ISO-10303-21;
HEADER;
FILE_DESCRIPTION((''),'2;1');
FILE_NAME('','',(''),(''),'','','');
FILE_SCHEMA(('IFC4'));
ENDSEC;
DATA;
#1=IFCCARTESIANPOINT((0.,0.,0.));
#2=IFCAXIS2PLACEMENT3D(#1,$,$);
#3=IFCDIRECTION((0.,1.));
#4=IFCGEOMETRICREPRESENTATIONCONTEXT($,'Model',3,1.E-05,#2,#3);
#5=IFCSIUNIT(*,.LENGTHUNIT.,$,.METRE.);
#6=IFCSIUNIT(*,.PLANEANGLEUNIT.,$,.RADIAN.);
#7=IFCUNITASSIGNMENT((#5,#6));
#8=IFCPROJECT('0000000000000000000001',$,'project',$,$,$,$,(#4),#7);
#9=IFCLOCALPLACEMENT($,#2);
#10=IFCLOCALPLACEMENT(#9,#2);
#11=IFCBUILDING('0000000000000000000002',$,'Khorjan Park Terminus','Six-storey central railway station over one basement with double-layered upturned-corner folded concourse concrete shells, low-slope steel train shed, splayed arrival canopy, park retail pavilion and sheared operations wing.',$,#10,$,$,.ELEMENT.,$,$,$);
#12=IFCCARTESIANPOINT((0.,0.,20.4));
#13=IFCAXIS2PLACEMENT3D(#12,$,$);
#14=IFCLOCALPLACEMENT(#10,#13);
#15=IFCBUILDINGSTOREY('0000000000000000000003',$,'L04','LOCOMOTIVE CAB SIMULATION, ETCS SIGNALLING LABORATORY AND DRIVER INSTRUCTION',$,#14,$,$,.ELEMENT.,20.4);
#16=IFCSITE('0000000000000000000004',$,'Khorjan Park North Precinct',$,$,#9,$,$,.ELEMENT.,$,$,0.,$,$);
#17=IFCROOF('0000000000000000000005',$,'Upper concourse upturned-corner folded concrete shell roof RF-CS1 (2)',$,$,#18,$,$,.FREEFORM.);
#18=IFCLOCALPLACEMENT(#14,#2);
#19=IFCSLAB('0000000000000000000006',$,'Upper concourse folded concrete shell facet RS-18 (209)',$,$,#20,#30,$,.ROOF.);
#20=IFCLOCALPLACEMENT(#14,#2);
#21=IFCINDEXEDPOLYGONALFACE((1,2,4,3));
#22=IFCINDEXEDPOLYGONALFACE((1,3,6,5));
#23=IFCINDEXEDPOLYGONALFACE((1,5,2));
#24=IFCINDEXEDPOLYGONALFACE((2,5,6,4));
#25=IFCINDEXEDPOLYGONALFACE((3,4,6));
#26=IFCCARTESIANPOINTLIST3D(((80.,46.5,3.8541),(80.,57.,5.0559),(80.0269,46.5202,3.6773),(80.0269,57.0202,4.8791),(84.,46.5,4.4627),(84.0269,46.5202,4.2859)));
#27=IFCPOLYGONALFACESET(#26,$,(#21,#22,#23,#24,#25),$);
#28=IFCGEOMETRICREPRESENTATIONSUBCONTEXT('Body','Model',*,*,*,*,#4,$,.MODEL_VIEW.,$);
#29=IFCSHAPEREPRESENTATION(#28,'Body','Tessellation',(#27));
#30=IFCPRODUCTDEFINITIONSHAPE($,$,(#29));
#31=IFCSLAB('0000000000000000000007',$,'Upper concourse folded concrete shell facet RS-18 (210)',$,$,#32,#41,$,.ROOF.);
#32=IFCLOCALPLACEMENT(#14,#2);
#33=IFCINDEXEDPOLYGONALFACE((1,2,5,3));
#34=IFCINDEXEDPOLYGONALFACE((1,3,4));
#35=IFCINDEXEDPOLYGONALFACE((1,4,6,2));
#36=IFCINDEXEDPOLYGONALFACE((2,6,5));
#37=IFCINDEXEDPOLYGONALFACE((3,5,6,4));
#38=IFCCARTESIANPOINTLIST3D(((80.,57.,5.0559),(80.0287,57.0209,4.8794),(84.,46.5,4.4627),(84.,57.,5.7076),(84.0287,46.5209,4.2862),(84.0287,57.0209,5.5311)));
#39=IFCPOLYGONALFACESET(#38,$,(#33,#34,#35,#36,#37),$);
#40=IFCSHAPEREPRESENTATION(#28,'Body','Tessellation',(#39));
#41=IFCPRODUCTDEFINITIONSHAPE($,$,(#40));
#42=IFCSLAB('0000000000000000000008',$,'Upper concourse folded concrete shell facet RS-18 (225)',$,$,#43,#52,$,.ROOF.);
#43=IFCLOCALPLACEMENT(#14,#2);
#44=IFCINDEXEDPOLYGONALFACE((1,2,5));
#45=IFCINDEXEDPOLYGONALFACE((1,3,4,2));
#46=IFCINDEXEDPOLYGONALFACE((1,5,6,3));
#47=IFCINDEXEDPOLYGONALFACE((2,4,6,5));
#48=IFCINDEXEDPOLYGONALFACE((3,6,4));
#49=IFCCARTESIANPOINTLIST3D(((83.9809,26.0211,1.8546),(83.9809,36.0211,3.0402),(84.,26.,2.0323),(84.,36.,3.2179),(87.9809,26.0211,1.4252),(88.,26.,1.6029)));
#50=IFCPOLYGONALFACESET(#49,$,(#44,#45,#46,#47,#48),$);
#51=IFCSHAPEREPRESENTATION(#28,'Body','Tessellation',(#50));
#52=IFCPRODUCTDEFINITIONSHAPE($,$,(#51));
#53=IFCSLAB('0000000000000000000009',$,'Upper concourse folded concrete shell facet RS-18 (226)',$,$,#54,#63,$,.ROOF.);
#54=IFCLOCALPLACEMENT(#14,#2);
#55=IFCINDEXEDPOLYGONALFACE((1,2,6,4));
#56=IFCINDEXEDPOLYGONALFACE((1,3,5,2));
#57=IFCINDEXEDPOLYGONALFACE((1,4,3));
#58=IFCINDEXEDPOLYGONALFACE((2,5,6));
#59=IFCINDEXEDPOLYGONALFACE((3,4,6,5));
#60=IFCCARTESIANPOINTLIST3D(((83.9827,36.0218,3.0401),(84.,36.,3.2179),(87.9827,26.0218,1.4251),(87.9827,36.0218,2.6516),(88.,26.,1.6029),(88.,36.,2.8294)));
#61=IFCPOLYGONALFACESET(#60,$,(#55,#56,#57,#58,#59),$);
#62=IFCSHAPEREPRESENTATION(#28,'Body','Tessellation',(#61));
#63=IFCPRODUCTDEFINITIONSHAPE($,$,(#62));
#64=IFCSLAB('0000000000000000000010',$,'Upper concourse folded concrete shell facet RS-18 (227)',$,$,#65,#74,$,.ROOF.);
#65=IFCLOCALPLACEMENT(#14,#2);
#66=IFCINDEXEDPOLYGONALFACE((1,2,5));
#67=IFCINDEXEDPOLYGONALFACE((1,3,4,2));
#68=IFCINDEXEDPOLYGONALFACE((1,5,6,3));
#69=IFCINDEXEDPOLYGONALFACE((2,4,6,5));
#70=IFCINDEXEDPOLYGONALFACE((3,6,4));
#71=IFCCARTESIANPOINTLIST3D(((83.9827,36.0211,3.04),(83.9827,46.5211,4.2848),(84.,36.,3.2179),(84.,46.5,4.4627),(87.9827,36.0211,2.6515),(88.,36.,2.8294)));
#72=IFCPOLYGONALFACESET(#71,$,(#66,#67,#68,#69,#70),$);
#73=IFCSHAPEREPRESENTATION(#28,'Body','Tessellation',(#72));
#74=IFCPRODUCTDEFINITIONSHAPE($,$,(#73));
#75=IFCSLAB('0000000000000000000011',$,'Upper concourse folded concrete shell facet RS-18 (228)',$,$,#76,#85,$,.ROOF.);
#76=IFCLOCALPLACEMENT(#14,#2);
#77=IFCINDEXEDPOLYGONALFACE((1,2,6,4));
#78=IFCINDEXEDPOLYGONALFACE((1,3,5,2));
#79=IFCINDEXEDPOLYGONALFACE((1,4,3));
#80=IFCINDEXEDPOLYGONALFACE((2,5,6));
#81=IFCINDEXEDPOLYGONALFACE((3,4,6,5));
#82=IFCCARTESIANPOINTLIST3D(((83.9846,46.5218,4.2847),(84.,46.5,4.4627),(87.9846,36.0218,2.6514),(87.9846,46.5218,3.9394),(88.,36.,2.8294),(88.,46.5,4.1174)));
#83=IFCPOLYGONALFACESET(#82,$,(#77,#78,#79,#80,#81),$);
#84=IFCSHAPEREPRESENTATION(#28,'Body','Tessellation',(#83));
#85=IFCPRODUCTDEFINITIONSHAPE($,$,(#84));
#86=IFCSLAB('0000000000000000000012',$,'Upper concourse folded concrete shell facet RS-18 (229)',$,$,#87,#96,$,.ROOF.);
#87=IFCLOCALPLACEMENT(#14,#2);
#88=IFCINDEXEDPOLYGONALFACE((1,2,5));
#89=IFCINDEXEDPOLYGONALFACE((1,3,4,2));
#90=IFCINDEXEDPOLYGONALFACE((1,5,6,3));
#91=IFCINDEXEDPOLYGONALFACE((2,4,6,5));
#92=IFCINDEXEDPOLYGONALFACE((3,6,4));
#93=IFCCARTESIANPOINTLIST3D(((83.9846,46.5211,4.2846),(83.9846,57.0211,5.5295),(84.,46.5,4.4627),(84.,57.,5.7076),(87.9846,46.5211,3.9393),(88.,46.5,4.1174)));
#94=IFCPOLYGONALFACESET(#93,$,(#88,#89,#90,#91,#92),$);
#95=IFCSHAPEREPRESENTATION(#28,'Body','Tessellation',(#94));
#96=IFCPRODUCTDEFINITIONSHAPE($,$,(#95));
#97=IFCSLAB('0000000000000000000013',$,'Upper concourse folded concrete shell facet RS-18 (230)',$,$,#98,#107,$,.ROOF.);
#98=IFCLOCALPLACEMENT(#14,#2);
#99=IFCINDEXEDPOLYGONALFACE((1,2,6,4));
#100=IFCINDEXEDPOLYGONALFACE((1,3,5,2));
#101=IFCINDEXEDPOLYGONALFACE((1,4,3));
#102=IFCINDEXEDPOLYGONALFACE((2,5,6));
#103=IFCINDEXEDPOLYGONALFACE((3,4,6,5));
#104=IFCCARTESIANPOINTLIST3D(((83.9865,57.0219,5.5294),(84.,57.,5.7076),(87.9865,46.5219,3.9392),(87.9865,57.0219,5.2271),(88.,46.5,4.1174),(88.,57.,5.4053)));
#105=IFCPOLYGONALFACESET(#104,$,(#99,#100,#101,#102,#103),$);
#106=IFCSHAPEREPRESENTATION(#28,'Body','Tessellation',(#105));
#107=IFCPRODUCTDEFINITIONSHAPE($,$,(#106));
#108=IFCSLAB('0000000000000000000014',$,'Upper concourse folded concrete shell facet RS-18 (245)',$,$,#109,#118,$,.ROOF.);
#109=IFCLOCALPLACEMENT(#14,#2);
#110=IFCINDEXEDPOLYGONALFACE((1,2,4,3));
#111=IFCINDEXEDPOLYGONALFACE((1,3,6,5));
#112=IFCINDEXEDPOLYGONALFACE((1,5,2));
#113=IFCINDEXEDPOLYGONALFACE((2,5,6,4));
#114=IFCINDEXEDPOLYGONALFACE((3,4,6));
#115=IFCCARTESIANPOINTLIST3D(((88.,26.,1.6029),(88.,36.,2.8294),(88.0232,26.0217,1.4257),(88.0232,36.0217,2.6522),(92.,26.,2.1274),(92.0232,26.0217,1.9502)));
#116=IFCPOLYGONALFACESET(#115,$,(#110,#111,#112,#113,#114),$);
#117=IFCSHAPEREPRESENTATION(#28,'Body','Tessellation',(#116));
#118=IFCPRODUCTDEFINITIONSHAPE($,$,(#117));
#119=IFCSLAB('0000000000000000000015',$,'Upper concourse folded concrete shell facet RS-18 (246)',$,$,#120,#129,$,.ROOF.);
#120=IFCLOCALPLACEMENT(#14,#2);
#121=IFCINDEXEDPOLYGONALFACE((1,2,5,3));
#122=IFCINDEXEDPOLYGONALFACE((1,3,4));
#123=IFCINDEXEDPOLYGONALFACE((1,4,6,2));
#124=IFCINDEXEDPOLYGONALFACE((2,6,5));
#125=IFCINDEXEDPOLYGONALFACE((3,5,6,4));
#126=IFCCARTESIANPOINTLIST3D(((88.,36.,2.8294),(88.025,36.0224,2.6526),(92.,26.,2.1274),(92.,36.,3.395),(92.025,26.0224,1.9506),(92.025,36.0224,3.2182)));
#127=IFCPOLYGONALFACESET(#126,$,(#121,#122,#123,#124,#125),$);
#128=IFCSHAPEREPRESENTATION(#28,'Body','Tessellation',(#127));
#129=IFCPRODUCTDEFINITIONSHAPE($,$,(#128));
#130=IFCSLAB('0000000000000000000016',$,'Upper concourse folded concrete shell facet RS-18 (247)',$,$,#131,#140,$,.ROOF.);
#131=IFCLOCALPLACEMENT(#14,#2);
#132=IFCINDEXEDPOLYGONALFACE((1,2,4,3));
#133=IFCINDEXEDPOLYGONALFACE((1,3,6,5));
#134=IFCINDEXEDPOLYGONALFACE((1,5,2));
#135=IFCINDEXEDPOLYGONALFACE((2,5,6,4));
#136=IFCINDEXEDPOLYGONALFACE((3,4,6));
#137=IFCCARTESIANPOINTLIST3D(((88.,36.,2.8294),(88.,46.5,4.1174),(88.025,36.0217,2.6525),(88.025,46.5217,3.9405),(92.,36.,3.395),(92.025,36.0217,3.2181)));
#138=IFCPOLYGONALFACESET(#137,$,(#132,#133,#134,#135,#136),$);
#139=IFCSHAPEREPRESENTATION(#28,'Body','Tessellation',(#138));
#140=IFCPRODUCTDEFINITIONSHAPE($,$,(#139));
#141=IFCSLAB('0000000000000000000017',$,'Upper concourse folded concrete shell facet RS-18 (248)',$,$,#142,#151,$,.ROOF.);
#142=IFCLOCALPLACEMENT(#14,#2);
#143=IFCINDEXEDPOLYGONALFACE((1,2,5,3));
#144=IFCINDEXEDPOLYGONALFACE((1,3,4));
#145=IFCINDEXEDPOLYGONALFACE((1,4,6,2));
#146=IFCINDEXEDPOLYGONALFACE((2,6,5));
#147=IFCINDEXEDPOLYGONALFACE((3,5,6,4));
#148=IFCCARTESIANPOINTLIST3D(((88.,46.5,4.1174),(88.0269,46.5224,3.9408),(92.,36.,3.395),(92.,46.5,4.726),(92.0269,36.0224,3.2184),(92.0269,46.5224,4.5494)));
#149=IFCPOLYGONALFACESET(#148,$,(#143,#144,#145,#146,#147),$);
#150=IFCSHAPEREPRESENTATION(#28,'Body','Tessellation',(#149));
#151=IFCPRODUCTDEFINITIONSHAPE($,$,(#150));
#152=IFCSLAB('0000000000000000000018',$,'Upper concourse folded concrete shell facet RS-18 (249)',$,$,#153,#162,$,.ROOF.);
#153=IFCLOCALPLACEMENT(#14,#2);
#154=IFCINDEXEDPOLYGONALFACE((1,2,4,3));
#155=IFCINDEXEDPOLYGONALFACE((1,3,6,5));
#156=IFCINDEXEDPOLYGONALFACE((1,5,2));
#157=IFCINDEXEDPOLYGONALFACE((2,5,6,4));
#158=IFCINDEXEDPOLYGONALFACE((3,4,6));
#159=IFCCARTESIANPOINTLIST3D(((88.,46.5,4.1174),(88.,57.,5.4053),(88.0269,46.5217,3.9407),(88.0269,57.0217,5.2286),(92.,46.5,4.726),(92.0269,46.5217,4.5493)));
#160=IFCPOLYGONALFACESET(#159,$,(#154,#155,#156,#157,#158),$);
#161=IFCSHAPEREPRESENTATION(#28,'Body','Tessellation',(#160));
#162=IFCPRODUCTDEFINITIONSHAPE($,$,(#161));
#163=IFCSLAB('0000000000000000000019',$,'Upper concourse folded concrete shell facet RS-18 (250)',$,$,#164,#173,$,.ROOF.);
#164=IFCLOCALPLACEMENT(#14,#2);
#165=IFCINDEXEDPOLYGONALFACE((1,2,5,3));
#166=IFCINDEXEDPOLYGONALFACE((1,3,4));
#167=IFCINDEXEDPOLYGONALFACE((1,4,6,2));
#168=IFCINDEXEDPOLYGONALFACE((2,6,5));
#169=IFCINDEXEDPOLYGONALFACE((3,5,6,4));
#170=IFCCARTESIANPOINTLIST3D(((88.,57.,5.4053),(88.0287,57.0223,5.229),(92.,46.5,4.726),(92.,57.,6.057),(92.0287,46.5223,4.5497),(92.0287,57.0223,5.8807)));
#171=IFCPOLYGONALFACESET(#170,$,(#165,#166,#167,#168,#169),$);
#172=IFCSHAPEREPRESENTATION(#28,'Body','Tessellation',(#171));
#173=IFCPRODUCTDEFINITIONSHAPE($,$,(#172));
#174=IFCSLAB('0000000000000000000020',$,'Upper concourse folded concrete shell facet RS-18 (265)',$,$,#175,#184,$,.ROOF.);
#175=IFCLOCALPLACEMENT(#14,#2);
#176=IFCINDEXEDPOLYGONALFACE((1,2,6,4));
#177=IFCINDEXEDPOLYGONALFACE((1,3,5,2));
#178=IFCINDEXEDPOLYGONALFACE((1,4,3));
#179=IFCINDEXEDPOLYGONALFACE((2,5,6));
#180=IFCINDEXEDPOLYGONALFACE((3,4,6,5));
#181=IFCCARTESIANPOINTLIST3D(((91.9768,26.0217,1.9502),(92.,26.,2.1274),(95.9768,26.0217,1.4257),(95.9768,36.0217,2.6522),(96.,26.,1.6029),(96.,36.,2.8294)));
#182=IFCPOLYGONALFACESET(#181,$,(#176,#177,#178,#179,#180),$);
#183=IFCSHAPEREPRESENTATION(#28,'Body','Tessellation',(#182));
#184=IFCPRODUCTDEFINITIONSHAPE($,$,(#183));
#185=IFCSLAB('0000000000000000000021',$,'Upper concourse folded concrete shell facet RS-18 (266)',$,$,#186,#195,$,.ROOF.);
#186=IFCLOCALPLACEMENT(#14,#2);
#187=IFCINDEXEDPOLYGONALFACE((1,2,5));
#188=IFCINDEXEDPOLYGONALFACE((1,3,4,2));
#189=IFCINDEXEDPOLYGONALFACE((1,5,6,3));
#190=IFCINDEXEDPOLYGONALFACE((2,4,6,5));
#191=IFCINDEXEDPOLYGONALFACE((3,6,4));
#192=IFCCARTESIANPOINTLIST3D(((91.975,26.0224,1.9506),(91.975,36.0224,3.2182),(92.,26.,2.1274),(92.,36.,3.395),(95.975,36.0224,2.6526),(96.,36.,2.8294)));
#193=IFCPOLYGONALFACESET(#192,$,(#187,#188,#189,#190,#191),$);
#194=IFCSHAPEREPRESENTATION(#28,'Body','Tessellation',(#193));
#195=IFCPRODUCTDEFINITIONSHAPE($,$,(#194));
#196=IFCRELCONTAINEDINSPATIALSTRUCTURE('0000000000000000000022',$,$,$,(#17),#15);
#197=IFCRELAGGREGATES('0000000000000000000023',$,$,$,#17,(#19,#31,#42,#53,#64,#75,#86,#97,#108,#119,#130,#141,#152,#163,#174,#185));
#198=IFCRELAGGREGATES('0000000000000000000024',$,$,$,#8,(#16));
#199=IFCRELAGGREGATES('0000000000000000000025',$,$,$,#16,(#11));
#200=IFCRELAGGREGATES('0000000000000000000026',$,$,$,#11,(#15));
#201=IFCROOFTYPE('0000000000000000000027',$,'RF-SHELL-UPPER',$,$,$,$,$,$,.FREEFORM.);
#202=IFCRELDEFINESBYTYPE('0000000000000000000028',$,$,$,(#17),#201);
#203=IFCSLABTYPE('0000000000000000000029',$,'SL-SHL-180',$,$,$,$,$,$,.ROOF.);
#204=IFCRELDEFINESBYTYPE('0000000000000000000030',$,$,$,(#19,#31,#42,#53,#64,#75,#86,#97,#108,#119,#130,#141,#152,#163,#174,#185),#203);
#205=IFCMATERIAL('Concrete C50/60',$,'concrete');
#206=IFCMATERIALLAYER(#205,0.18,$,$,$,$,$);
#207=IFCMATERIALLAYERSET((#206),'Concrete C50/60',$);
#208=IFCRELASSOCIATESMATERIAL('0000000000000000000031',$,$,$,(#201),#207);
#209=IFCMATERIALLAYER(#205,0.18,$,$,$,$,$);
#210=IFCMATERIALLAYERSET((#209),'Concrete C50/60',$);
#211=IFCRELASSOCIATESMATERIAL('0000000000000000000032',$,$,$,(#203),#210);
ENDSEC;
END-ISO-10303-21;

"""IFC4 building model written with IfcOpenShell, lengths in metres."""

from ifc_helpers import new_model, si_unit, direction, frame, origin, place, context, subcontext, project, spatial, polyline, outline, extrude, material, layer, layer_set, type_object, element, aggregate, save


model = new_model("IFC4")

# Units and contexts
model_context = context("Model", 3, precision=1e-05, world=origin(), true_north=direction((0.0, 1.0)))
body_context = subcontext(model_context, "Body", "Model", "MODEL_VIEW")
ifc_project = project(units=[si_unit("LENGTHUNIT", "METRE"), si_unit("PLANEANGLEUNIT", "RADIAN")], contexts=[model_context])

# Site, building, storey
site_placement = place(None, origin())
site = spatial("IfcSite", under=ifc_project, at=site_placement, Name="Khorjan Park North Precinct", CompositionType="ELEMENT", RefElevation=0.0)
building_placement = place(site_placement, origin())
building = spatial("IfcBuilding", under=site, at=building_placement, Name="Khorjan Park Terminus", Description="Six-storey central railway station over one basement with double-layered upturned-corner folded concourse concrete shells, low-slope steel train shed, splayed arrival canopy, park retail pavilion and sheared operations wing.", CompositionType="ELEMENT")
storey_placement = place(building_placement, frame((0.0, 0.0, 20.4)))
storey = spatial("IfcBuildingStorey", under=building, at=storey_placement, Name="L04", Description="LOCOMOTIVE CAB SIMULATION, ETCS SIGNALLING LABORATORY AND DRIVER INSTRUCTION", CompositionType="ELEMENT", Elevation=20.4)

# Roof, slabs
ifc_material = material(Name="Concrete C50/60", Category="concrete")
ifc_layer_1 = layer(ifc_material, 0.18)
ifc_layer_set_1 = layer_set([ifc_layer_1], Name="Concrete C50/60")
roof_type = type_object("IfcRoofType", Name="RF-SHELL-UPPER", PredefinedType="FREEFORM", material=ifc_layer_set_1)
roof_1_placement = place(storey_placement, origin())
roof_1 = element("IfcRoof", 1, at=roof_1_placement, inside=storey, type_object=roof_type, Name="Upper concourse upturned-corner folded concrete shell roof RF-CS1 (2)", PredefinedType="FREEFORM")
ifc_layer_2 = layer(ifc_material, 0.18)
ifc_layer_set_2 = layer_set([ifc_layer_2], Name="Concrete C50/60")
slab_type = type_object("IfcSlabType", Name="SL-SHL-180", PredefinedType="ROOF", material=ifc_layer_set_2)
slab_1_placement = place(storey_placement, frame((80.0, 46.5, 3.8541), z_axis=(-0.149465, -0.112437, 0.982353), x_axis=(0.988622, 0.0, 0.150419)))
slab_1 = element("IfcSlab", 2, at=slab_1_placement, type_object=slab_type, Name="Upper concourse folded concrete shell facet RS-18 (209)", PredefinedType="ROOF", context=body_context, shape_type="SweptSolid", body=[
    extrude(outline(polyline([(0.0, 0.0), (4.046, 0.0), (0.1808, 10.567), (0.0, 0.0)])), origin(), (0.0, 0.0, -1.0), 0.18),
])
slab_2_placement = place(storey_placement, frame((84.0, 46.5, 4.4627), z_axis=(-0.159715, -0.116226, 0.980297), x_axis=(0.0, 0.993045, 0.117737)))
slab_2 = element("IfcSlab", 3, at=slab_2_placement, type_object=slab_type, Name="Upper concourse folded concrete shell facet RS-18 (210)", PredefinedType="ROOF", context=body_context, shape_type="SweptSolid", body=[
    extrude(outline(polyline([(0.0, 0.0), (10.5735, 0.0), (10.4968, 4.052), (0.0, 0.0)])), origin(), (0.0, 0.0, -1.0), 0.18),
])
slab_3_placement = place(storey_placement, frame((84.0, 26.0, 2.0323), z_axis=(0.106003, -0.117072, 0.98745), x_axis=(0.994287, 0.0, -0.106737)))
slab_3 = element("IfcSlab", 4, at=slab_3_placement, type_object=slab_type, Name="Upper concourse folded concrete shell facet RS-18 (225)", PredefinedType="ROOF", context=body_context, shape_type="SweptSolid", body=[
    extrude(outline(polyline([(0.0, 0.0), (4.023, 0.0), (-0.1265, 10.0692), (0.0, 0.0)])), origin(), (0.0, 0.0, -1.0), 0.18),
])
slab_4_placement = place(storey_placement, frame((88.0, 26.0, 1.6029), z_axis=(0.095958, -0.121176, 0.987982), x_axis=(0.0, 0.992562, 0.121738)))
slab_4 = element("IfcSlab", 5, at=slab_4_placement, type_object=slab_type, Name="Upper concourse folded concrete shell facet RS-18 (226)", PredefinedType="ROOF", context=body_context, shape_type="SweptSolid", body=[
    extrude(outline(polyline([(0.0, 0.0), (10.0749, 0.0), (10.1222, 4.0185), (0.0, 0.0)])), origin(), (0.0, 0.0, -1.0), 0.18),
])
slab_5_placement = place(storey_placement, frame((84.0, 36.0, 3.2179), z_axis=(0.096004, -0.117184, 0.988459), x_axis=(0.995316, 0.0, -0.09667)))
slab_5 = element("IfcSlab", 6, at=slab_5_placement, type_object=slab_type, Name="Upper concourse folded concrete shell facet RS-18 (227)", PredefinedType="ROOF", context=body_context, shape_type="SweptSolid", body=[
    extrude(outline(polyline([(0.0, 0.0), (4.0188, 0.0), (-0.1203, 10.5728), (0.0, 0.0)])), origin(), (0.0, 0.0, -1.0), 0.18),
])
slab_6_placement = place(storey_placement, frame((88.0, 36.0, 2.8294), z_axis=(0.08537, -0.12131, 0.988937), x_axis=(0.0, 0.99256, 0.121754)))
slab_6 = element("IfcSlab", 7, at=slab_6_placement, type_object=slab_type, Name="Upper concourse folded concrete shell facet RS-18 (228)", PredefinedType="ROOF", context=body_context, shape_type="SweptSolid", body=[
    extrude(outline(polyline([(0.0, 0.0), (10.5787, 0.0), (10.6207, 4.0147), (0.0, 0.0)])), origin(), (0.0, 0.0, -1.0), 0.18),
])
slab_7_placement = place(storey_placement, frame((84.0, 46.5, 4.4627), z_axis=(0.085411, -0.117307, 0.989416), x_axis=(0.996295, 0.0, -0.086005)))
slab_7 = element("IfcSlab", 8, at=slab_7_placement, type_object=slab_type, Name="Upper concourse folded concrete shell facet RS-18 (229)", PredefinedType="ROOF", context=body_context, shape_type="SweptSolid", body=[
    extrude(outline(polyline([(0.0, 0.0), (4.0149, 0.0), (-0.1071, 10.573), (0.0, 0.0)])), origin(), (0.0, 0.0, -1.0), 0.18),
])
slab_8_placement = place(storey_placement, frame((88.0, 46.5, 4.1174), z_axis=(0.074803, -0.121404, 0.989781), x_axis=(0.0, 0.992561, 0.121745)))
slab_8 = element("IfcSlab", 9, at=slab_8_placement, type_object=slab_type, Name="Upper concourse folded concrete shell facet RS-18 (230)", PredefinedType="ROOF", context=body_context, shape_type="SweptSolid", body=[
    extrude(outline(polyline([(0.0, 0.0), (10.5787, 0.0), (10.6155, 4.0112), (0.0, 0.0)])), origin(), (0.0, 0.0, -1.0), 0.18),
])
slab_9_placement = place(storey_placement, frame((88.0, 26.0, 1.6029), z_axis=(-0.129061, -0.12072, 0.984261), x_axis=(0.991512, 0.0, 0.130012)))
slab_9 = element("IfcSlab", 10, at=slab_9_placement, type_object=slab_type, Name="Upper concourse folded concrete shell facet RS-18 (245)", PredefinedType="ROOF", context=body_context, shape_type="SweptSolid", body=[
    extrude(outline(polyline([(0.0, 0.0), (4.0342, 0.0), (0.1595, 10.0737), (0.0, 0.0)])), origin(), (0.0, 0.0, -1.0), 0.18),
])
slab_10_placement = place(storey_placement, frame((92.0, 26.0, 2.1274), z_axis=(-0.138917, -0.124534, 0.982442), x_axis=(0.0, 0.992061, 0.125754)))
slab_10 = element("IfcSlab", 11, at=slab_10_placement, type_object=slab_type, Name="Upper concourse folded concrete shell facet RS-18 (246)", PredefinedType="ROOF", context=body_context, shape_type="SweptSolid", body=[
    extrude(outline(polyline([(0.0, 0.0), (10.08, 0.0), (10.0089, 4.0392), (0.0, 0.0)])), origin(), (0.0, 0.0, -1.0), 0.18),
])
slab_11_placement = place(storey_placement, frame((88.0, 36.0, 2.8294), z_axis=(-0.138986, -0.120572, 0.982927), x_axis=(0.99015, 0.0, 0.140007)))
slab_11 = element("IfcSlab", 12, at=slab_11_placement, type_object=slab_type, Name="Upper concourse folded concrete shell facet RS-18 (247)", PredefinedType="ROOF", context=body_context, shape_type="SweptSolid", body=[
    extrude(outline(polyline([(0.0, 0.0), (4.0398, 0.0), (0.1803, 10.5772), (0.0, 0.0)])), origin(), (0.0, 0.0, -1.0), 0.18),
])
slab_12_placement = place(storey_placement, frame((92.0, 36.0, 3.395), z_axis=(-0.149251, -0.124347, 0.980949), x_axis=(0.0, 0.992061, 0.125756)))
slab_12 = element("IfcSlab", 13, at=slab_12_placement, type_object=slab_type, Name="Upper concourse folded concrete shell facet RS-18 (248)", PredefinedType="ROOF", context=body_context, shape_type="SweptSolid", body=[
    extrude(outline(polyline([(0.0, 0.0), (10.584, 0.0), (10.5075, 4.0453), (0.0, 0.0)])), origin(), (0.0, 0.0, -1.0), 0.18),
])
slab_13_placement = place(storey_placement, frame((88.0, 46.5, 4.1174), z_axis=(-0.149325, -0.12038, 0.981433), x_axis=(0.988622, 0.0, 0.150419)))
slab_13 = element("IfcSlab", 14, at=slab_13_placement, type_object=slab_type, Name="Upper concourse folded concrete shell facet RS-18 (249)", PredefinedType="ROOF", context=body_context, shape_type="SweptSolid", body=[
    extrude(outline(polyline([(0.0, 0.0), (4.046, 0.0), (0.1937, 10.5769), (0.0, 0.0)])), origin(), (0.0, 0.0, -1.0), 0.18),
])
slab_14_placement = place(storey_placement, frame((92.0, 46.5, 4.726), z_axis=(-0.159561, -0.124144, 0.979351), x_axis=(0.0, 0.992061, 0.125756)))
slab_14 = element("IfcSlab", 15, at=slab_14_placement, type_object=slab_type, Name="Upper concourse folded concrete shell facet RS-18 (250)", PredefinedType="ROOF", context=body_context, shape_type="SweptSolid", body=[
    extrude(outline(polyline([(0.0, 0.0), (10.584, 0.0), (10.5021, 4.0519), (0.0, 0.0)])), origin(), (0.0, 0.0, -1.0), 0.18),
])
slab_15_placement = place(storey_placement, frame((92.0, 26.0, 2.1274), z_axis=(0.129061, -0.12072, 0.984261), x_axis=(0.991512, 0.0, -0.130012)))
slab_15 = element("IfcSlab", 16, at=slab_15_placement, type_object=slab_type, Name="Upper concourse folded concrete shell facet RS-18 (265)", PredefinedType="ROOF", context=body_context, shape_type="SweptSolid", body=[
    extrude(outline(polyline([(0.0, 0.0), (4.0342, 0.0), (3.8748, 10.0737), (0.0, 0.0)])), origin(), (0.0, 0.0, -1.0), 0.18),
])
slab_16_placement = place(storey_placement, frame((92.0, 26.0, 2.1274), z_axis=(0.138917, -0.124534, 0.982442), x_axis=(0.370604, 0.926511, 0.065041)))
slab_16 = element("IfcSlab", 17, at=slab_16_placement, type_object=slab_type, Name="Upper concourse folded concrete shell facet RS-18 (266)", PredefinedType="ROOF", context=body_context, shape_type="SweptSolid", body=[
    extrude(outline(polyline([(0.0, 0.0), (10.7932, 0.0), (9.3476, 3.7723), (0.0, 0.0)])), origin(), (0.0, 0.0, -1.0), 0.18),
])
aggregate(roof_1, [slab_1, slab_2, slab_3, slab_4, slab_5, slab_6, slab_7, slab_8, slab_9, slab_10, slab_11, slab_12, slab_13, slab_14, slab_15, slab_16])

save(model, "model.ifc")
